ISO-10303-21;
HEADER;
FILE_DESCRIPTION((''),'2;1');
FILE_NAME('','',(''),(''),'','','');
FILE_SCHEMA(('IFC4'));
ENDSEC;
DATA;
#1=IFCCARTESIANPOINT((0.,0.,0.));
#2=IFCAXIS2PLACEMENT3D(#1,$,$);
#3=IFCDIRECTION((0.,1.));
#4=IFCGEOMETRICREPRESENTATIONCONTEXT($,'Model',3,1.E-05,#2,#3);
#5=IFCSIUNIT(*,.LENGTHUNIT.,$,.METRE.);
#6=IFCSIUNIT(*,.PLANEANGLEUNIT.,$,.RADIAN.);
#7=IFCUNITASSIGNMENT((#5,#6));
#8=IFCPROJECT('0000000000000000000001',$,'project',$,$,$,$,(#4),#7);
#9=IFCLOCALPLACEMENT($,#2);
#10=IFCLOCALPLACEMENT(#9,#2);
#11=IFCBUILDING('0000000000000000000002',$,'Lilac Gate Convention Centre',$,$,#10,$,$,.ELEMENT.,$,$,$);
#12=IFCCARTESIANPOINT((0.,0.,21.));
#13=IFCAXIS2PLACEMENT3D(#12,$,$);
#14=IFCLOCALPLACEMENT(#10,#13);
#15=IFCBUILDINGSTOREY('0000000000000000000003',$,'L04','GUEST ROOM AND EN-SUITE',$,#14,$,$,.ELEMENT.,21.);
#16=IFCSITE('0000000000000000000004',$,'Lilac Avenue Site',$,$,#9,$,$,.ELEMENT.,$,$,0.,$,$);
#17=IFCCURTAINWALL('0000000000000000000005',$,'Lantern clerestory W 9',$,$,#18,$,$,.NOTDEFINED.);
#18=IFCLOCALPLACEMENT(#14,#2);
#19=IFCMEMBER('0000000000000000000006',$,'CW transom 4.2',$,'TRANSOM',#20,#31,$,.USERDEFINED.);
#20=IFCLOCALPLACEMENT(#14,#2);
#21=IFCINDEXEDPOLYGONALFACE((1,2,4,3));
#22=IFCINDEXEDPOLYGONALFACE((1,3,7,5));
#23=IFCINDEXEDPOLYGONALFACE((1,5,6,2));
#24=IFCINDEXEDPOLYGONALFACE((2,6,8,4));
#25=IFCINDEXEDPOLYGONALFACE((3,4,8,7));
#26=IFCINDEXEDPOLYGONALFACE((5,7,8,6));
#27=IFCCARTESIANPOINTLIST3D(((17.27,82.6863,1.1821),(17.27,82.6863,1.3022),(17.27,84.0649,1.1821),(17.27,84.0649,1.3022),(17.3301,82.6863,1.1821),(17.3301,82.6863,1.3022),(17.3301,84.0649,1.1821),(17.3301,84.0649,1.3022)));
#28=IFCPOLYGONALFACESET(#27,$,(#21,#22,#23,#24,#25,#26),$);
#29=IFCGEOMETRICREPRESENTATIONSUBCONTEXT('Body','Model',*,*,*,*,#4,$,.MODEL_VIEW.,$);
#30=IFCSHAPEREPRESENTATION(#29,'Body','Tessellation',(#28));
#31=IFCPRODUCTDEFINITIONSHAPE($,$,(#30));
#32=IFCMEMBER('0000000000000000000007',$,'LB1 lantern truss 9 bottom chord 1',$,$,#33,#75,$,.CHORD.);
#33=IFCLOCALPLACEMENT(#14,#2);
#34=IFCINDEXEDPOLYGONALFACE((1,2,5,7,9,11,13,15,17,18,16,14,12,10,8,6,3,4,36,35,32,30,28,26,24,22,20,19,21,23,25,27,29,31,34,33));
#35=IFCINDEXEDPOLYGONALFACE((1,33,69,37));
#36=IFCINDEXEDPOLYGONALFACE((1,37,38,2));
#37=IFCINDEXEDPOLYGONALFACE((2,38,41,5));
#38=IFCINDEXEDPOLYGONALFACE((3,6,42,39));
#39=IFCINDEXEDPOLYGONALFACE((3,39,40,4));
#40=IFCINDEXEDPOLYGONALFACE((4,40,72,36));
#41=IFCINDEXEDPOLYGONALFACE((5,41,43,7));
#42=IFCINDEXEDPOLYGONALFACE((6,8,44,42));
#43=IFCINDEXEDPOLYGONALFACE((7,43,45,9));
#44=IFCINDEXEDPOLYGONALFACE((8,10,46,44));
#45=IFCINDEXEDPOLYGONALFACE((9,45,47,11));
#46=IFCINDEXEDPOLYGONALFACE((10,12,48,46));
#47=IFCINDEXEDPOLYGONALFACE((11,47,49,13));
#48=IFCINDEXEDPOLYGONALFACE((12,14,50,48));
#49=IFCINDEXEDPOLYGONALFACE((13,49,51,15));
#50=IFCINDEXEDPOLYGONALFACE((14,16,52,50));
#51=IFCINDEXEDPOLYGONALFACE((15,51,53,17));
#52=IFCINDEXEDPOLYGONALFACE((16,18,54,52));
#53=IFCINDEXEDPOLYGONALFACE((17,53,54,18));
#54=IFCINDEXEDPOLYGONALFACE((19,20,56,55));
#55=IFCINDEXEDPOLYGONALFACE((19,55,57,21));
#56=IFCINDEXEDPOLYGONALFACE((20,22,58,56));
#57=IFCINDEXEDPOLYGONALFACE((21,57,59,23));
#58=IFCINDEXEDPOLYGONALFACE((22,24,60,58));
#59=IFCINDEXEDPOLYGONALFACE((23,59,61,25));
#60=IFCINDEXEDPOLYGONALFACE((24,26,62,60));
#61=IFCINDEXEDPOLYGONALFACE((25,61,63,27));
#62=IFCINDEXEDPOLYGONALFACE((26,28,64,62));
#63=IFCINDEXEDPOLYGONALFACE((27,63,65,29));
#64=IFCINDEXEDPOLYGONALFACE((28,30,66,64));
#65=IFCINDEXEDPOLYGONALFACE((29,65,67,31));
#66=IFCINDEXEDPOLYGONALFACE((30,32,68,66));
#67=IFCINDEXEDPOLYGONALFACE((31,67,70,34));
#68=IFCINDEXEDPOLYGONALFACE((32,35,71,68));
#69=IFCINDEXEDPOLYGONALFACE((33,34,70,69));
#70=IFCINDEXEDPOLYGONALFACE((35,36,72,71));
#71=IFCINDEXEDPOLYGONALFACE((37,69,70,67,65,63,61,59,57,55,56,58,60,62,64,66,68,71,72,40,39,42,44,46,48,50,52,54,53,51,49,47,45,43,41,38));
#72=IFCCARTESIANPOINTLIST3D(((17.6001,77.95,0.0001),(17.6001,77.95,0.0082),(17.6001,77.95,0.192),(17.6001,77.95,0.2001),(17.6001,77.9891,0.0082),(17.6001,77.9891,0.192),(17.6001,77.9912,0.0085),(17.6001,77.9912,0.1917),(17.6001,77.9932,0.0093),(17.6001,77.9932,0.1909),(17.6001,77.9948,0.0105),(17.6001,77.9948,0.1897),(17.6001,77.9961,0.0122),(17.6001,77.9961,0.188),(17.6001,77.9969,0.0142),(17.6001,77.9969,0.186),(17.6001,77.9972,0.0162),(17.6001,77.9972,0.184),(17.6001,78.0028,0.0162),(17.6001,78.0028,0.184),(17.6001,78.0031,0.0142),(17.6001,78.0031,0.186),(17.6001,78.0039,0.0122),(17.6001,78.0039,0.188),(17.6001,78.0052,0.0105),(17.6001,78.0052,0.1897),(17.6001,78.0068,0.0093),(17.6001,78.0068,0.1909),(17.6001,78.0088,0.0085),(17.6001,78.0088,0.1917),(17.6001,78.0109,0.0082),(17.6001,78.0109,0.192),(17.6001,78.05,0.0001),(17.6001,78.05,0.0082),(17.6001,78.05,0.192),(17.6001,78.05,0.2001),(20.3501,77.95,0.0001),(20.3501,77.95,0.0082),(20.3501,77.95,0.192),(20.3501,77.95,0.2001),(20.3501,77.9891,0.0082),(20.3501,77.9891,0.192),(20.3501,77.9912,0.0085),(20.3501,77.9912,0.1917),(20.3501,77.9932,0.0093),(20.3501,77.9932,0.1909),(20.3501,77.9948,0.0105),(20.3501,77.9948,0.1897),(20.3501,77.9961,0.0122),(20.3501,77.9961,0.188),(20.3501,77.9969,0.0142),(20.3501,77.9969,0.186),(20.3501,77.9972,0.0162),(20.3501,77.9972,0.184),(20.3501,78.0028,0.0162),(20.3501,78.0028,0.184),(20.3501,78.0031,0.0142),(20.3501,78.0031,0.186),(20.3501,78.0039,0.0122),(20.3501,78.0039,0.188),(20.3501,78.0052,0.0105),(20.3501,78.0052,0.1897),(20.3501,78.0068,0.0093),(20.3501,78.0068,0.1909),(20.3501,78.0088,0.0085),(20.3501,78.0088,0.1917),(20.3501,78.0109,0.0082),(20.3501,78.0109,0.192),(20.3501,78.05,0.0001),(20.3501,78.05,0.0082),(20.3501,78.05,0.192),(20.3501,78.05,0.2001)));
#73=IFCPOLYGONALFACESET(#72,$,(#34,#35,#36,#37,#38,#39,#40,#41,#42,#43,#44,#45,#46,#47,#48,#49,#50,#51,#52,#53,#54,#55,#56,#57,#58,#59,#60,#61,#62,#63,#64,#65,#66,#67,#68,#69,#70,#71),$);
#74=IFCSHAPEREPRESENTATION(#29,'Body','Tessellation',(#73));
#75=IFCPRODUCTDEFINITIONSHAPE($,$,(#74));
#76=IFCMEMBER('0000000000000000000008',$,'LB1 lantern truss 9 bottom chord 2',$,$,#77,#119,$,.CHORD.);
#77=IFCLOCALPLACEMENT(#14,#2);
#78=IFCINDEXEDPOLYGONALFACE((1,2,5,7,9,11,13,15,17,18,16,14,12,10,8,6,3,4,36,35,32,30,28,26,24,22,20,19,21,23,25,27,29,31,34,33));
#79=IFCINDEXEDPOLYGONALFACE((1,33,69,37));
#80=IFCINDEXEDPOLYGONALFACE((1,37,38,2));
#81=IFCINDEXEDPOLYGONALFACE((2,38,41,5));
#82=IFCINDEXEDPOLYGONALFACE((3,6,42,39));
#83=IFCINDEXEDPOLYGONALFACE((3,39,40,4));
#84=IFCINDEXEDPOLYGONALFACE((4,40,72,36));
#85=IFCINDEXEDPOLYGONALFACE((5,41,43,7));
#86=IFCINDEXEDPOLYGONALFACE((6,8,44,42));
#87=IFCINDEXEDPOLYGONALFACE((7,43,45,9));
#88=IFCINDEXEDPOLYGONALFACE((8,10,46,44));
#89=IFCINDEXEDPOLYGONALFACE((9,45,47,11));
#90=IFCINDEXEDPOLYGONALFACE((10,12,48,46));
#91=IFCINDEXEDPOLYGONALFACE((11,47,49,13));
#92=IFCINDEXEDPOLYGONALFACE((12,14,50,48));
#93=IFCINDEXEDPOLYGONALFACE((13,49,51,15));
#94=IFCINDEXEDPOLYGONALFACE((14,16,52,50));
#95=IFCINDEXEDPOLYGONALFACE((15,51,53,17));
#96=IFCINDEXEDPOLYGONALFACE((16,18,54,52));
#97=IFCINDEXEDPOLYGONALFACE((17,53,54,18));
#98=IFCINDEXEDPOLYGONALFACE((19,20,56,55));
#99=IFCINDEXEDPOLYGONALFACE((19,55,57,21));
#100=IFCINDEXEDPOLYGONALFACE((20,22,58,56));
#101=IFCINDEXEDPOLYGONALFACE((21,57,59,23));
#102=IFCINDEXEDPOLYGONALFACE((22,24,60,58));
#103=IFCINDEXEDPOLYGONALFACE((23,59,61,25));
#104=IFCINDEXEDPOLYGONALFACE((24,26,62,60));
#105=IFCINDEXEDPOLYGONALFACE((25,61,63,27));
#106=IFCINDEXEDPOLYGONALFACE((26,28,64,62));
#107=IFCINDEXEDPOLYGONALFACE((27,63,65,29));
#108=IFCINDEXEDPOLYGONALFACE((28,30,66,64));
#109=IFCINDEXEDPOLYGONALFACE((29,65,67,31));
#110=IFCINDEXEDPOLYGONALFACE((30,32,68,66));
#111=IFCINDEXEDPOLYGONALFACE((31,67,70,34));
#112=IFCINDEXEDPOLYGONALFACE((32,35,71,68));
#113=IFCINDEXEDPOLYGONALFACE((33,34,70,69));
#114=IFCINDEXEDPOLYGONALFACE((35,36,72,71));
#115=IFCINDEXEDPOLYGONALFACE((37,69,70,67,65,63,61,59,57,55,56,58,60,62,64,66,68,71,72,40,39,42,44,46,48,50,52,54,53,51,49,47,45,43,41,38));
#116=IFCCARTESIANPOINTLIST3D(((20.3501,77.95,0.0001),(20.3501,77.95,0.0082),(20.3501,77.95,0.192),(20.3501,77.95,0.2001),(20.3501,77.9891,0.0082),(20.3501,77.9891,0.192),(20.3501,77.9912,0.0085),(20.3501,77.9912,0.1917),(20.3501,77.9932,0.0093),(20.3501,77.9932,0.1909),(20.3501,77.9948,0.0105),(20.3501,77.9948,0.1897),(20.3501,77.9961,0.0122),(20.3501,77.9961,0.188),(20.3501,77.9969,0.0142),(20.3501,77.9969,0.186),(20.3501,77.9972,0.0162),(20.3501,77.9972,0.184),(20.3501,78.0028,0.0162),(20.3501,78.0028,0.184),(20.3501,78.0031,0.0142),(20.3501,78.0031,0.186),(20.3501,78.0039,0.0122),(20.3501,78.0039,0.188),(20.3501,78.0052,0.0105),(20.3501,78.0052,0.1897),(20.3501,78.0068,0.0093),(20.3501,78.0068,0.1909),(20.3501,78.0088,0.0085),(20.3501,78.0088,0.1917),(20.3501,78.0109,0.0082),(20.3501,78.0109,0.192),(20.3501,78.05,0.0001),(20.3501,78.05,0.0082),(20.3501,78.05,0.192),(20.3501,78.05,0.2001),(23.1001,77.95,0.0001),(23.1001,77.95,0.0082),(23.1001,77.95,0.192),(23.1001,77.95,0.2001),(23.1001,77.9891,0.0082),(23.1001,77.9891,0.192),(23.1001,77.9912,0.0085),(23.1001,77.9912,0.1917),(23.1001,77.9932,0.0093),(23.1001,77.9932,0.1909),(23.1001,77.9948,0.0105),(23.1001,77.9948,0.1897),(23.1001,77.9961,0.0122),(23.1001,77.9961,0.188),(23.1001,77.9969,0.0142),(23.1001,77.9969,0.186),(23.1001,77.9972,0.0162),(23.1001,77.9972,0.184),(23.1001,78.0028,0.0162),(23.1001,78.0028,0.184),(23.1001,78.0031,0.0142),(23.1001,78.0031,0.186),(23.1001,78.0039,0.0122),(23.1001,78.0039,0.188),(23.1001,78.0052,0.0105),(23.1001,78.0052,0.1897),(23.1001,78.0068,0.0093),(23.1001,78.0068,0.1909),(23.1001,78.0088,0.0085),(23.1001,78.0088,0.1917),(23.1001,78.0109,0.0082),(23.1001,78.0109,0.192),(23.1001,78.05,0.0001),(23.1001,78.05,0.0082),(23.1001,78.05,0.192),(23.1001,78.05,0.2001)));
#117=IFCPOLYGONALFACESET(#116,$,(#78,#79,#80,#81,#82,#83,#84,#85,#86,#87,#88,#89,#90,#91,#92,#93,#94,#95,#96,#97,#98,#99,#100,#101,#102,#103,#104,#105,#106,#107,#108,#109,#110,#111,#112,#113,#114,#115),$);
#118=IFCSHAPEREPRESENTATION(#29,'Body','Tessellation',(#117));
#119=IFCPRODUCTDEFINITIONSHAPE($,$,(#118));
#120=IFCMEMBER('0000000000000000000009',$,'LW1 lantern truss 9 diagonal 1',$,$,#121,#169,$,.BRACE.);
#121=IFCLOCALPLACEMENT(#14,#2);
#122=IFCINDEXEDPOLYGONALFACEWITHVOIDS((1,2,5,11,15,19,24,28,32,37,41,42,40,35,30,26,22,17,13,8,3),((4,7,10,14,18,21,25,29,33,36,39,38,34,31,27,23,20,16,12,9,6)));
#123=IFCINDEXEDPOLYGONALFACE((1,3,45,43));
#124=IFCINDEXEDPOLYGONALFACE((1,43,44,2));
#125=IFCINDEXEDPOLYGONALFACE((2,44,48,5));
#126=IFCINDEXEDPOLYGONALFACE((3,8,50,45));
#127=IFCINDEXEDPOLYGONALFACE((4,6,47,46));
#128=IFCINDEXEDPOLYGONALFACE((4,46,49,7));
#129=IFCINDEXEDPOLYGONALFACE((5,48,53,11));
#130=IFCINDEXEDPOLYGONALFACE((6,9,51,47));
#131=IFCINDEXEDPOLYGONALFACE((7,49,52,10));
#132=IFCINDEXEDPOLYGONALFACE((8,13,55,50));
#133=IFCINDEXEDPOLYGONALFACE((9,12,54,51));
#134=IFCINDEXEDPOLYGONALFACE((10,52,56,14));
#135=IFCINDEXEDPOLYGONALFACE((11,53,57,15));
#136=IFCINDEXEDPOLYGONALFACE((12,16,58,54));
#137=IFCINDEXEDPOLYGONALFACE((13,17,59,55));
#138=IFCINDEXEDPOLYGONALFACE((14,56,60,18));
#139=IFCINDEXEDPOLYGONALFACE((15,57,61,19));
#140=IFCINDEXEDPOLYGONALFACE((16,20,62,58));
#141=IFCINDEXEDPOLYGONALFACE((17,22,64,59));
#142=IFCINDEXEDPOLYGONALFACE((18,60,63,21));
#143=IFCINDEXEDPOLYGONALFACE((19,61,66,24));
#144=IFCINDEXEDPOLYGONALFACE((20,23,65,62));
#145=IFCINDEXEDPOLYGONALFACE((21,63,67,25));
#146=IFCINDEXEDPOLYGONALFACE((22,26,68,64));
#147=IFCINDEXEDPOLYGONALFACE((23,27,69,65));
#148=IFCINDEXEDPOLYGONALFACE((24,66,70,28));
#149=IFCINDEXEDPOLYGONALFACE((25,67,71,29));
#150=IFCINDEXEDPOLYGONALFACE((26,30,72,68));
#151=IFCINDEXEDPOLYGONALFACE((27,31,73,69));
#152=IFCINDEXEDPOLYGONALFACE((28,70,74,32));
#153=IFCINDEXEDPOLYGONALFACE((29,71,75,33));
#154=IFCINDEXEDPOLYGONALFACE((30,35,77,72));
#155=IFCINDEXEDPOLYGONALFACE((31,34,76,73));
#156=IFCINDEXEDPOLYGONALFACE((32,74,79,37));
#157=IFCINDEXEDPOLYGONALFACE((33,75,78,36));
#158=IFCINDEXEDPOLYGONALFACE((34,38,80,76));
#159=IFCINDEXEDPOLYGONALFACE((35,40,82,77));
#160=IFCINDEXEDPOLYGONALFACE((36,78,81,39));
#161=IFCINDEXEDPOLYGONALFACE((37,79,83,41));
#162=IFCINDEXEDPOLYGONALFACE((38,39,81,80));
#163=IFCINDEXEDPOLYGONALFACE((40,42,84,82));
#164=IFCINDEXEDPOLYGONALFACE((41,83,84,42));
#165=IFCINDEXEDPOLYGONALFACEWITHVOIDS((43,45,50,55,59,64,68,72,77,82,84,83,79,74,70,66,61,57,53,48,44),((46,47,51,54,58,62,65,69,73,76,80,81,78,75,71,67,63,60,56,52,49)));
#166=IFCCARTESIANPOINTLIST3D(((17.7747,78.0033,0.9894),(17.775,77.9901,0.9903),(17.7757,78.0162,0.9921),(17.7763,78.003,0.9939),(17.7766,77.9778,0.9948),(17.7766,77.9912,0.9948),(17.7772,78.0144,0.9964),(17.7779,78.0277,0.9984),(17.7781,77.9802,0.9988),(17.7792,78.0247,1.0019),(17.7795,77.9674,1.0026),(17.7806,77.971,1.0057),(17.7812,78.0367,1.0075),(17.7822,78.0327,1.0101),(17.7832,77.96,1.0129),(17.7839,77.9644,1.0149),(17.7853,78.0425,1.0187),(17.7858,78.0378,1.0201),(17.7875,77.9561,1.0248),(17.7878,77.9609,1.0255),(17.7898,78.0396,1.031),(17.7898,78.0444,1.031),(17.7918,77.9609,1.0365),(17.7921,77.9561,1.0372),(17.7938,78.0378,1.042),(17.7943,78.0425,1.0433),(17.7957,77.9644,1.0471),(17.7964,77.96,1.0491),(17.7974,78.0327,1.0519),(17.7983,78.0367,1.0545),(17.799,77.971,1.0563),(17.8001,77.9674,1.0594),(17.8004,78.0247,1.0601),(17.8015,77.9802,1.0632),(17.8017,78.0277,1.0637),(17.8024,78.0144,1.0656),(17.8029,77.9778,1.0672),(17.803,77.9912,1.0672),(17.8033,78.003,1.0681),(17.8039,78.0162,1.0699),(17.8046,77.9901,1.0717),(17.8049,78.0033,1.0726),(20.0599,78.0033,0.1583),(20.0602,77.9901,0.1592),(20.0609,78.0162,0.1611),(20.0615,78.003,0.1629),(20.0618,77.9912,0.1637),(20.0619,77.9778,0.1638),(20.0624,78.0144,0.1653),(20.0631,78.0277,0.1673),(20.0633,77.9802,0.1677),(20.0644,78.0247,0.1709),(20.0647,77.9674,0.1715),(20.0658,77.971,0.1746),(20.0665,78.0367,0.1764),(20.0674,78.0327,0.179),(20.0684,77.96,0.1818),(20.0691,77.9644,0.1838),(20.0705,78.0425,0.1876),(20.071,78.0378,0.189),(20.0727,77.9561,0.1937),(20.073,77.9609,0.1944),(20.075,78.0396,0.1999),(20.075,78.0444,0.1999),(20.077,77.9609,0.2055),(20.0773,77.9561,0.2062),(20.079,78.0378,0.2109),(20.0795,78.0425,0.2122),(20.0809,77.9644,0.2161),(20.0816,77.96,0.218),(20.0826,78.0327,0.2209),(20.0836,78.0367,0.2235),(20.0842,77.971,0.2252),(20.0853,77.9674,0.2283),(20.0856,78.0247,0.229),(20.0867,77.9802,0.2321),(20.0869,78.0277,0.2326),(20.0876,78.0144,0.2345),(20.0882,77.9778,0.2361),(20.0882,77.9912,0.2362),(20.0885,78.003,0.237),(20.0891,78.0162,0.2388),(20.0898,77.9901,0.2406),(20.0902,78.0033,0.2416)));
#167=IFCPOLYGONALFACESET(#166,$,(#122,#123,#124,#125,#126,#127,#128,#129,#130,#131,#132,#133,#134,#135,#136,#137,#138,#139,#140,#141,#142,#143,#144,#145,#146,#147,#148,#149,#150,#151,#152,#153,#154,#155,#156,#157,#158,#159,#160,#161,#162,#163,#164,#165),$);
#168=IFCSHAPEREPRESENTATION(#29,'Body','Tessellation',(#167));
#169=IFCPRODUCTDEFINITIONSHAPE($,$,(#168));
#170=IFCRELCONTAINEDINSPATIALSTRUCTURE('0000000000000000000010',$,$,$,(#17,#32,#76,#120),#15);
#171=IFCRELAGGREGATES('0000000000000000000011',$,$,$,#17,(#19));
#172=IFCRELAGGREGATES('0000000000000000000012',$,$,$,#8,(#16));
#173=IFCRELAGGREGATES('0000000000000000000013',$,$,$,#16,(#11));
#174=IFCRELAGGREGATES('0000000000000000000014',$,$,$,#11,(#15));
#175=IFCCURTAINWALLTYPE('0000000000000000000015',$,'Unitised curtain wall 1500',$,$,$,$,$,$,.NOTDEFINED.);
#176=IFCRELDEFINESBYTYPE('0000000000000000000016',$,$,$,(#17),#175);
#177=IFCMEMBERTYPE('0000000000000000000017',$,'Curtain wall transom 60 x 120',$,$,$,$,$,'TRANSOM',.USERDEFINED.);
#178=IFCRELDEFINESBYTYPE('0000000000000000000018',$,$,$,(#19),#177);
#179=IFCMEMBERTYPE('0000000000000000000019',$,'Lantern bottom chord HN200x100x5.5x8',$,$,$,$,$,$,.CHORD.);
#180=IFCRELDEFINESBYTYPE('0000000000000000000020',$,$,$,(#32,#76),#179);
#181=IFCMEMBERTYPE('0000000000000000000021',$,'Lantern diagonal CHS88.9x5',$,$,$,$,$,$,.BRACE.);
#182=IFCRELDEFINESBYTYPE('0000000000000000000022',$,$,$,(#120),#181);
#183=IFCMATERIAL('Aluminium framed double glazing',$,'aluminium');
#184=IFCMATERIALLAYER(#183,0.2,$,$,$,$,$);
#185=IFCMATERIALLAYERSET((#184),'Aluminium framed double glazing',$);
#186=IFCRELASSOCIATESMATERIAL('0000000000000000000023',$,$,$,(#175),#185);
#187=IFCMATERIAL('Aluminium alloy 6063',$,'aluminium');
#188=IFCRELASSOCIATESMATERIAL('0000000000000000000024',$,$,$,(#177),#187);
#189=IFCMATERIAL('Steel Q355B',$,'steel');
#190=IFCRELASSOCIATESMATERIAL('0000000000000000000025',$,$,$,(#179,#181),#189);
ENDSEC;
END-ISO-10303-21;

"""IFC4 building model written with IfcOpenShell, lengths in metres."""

from ifc_helpers import new_model, si_unit, direction, frame, origin, origin_2d, place, context, subcontext, project, spatial, rectangle, hollow_circle, i_section, extrude, material, layer, layer_set, material_profile, profile_set, type_object, element, aggregate, save


model = new_model("IFC4")

# Units and contexts
model_context = context("Model", 3, precision=1e-05, world=origin(), true_north=direction((0.0, 1.0)))
body_context = subcontext(model_context, "Body", "Model", "MODEL_VIEW")
ifc_project = project(units=[si_unit("LENGTHUNIT", "METRE"), si_unit("PLANEANGLEUNIT", "RADIAN")], contexts=[model_context])

# Site, building, storey
site_placement = place(None, origin())
site = spatial("IfcSite", under=ifc_project, at=site_placement, Name="Lilac Avenue Site", CompositionType="ELEMENT", RefElevation=0.0)
building_placement = place(site_placement, origin())
building = spatial("IfcBuilding", under=site, at=building_placement, Name="Lilac Gate Convention Centre", CompositionType="ELEMENT")
storey_placement = place(building_placement, frame((0.0, 0.0, 21.0)))
storey = spatial("IfcBuildingStorey", under=building, at=storey_placement, Name="L04", Description="GUEST ROOM AND EN-SUITE", CompositionType="ELEMENT", Elevation=21.0)

# Curtain wall
ifc_material_1 = material(Name="Aluminium framed double glazing", Category="aluminium")
ifc_layer_1 = layer(ifc_material_1, 0.2)
ifc_layer_set_1 = layer_set([ifc_layer_1], Name="Aluminium framed double glazing")
curtain_wall_type = type_object("IfcCurtainWallType", Name="Unitised curtain wall 1500", PredefinedType="NOTDEFINED", material=ifc_layer_set_1)
ifc_material_2 = material(Name="Aluminium alloy 6063", Category="aluminium")
curtain_wall_1_placement = place(storey_placement, origin())
curtain_wall_1 = element("IfcCurtainWall", 1, at=curtain_wall_1_placement, inside=storey, type_object=curtain_wall_type, Name="Lantern clerestory W 9", PredefinedType="NOTDEFINED")

# Member
ifc_material_profile_1 = material_profile(ifc_material_2, rectangle(XDim=0.0601, YDim=0.1201, at=origin_2d()), Name="Curtain wall transom 60 x 120")
ifc_profile_set_1 = profile_set([ifc_material_profile_1], Name="Aluminium alloy 6063")
member_type_1 = type_object("IfcMemberType", Name="Curtain wall transom 60 x 120", ElementType="TRANSOM", PredefinedType="USERDEFINED", material=ifc_profile_set_1)
member_1_placement = place(storey_placement, frame((17.3, 82.6863, 1.2422), z_axis=(0.0, 1.0, 0.0), x_axis=(-1.0, 0.0, 0.0)))
member_1 = element("IfcMember", 2, at=member_1_placement, type_object=member_type_1, Name="CW transom 4.2", ObjectType="TRANSOM", PredefinedType="USERDEFINED", context=body_context, shape_type="SweptSolid", body=[
    extrude(rectangle(XDim=0.0601, YDim=0.1201, at=origin_2d()), origin(), (0.0, 0.0, 1.0), 1.3787),
])

# Members
ifc_material_3 = material(Name="Steel Q355B", Category="steel")
ifc_material_profile_2 = material_profile(ifc_material_3, i_section(OverallWidth=0.1001, OverallDepth=0.2, WebThickness=0.0056, FlangeThickness=0.0081, FilletRadius=0.0081, at=origin_2d()), Name="HN200x100x5.5x8")
ifc_profile_set_2 = profile_set([ifc_material_profile_2], Name="Steel Q355B")
member_type_2 = type_object("IfcMemberType", Name="Lantern bottom chord HN200x100x5.5x8", PredefinedType="CHORD", material=ifc_profile_set_2)
for number, where, z_axis, x_axis, name in (
    (3, (17.6001, 78.0, 0.1001), (1.0, 0.0, 0.0), (0.0, 1.0, 0.0), "LB1 lantern truss 9 bottom chord 1"),
    (4, (20.3501, 78.0, 0.1001), (1.0, 0.0, 0.0), (0.0, 1.0, 0.0), "LB1 lantern truss 9 bottom chord 2"),
):
    element("IfcMember", number, at=place(storey_placement, frame(where, z_axis=z_axis, x_axis=x_axis)), inside=storey, type_object=member_type_2, Name=name, PredefinedType="CHORD", context=body_context, shape_type="SweptSolid", body=[
        extrude(i_section(OverallWidth=0.1001, OverallDepth=0.2, WebThickness=0.0056, FlangeThickness=0.0081, FilletRadius=0.0081, at=origin_2d()), origin(), (0.0, 0.0, 1.0), 2.75),
    ])
ifc_material_profile_3 = material_profile(ifc_material_3, hollow_circle(Radius=0.0444, WallThickness=0.0049, at=origin_2d()), Name="CHS88.9x5")
ifc_profile_set_3 = profile_set([ifc_material_profile_3], Name="Steel Q355B")
member_type_3 = type_object("IfcMemberType", Name="Lantern diagonal CHS88.9x5", PredefinedType="BRACE", material=ifc_profile_set_3)
member_2_placement = place(storey_placement, frame((17.7898, 78.0, 1.031), z_axis=(0.939782, 0.0, -0.341775), x_axis=(0.0, 1.0, 0.0)))
element("IfcMember", 5, at=member_2_placement, inside=storey, type_object=member_type_3, Name="LW1 lantern truss 9 diagonal 1", PredefinedType="BRACE", context=body_context, shape_type="SweptSolid", body=[
    extrude(hollow_circle(Radius=0.0444, WallThickness=0.0049, at=origin_2d()), origin(), (0.0, 0.0, 1.0), 2.4316),
])

aggregate(curtain_wall_1, [member_1])

save(model, "model.ifc")
